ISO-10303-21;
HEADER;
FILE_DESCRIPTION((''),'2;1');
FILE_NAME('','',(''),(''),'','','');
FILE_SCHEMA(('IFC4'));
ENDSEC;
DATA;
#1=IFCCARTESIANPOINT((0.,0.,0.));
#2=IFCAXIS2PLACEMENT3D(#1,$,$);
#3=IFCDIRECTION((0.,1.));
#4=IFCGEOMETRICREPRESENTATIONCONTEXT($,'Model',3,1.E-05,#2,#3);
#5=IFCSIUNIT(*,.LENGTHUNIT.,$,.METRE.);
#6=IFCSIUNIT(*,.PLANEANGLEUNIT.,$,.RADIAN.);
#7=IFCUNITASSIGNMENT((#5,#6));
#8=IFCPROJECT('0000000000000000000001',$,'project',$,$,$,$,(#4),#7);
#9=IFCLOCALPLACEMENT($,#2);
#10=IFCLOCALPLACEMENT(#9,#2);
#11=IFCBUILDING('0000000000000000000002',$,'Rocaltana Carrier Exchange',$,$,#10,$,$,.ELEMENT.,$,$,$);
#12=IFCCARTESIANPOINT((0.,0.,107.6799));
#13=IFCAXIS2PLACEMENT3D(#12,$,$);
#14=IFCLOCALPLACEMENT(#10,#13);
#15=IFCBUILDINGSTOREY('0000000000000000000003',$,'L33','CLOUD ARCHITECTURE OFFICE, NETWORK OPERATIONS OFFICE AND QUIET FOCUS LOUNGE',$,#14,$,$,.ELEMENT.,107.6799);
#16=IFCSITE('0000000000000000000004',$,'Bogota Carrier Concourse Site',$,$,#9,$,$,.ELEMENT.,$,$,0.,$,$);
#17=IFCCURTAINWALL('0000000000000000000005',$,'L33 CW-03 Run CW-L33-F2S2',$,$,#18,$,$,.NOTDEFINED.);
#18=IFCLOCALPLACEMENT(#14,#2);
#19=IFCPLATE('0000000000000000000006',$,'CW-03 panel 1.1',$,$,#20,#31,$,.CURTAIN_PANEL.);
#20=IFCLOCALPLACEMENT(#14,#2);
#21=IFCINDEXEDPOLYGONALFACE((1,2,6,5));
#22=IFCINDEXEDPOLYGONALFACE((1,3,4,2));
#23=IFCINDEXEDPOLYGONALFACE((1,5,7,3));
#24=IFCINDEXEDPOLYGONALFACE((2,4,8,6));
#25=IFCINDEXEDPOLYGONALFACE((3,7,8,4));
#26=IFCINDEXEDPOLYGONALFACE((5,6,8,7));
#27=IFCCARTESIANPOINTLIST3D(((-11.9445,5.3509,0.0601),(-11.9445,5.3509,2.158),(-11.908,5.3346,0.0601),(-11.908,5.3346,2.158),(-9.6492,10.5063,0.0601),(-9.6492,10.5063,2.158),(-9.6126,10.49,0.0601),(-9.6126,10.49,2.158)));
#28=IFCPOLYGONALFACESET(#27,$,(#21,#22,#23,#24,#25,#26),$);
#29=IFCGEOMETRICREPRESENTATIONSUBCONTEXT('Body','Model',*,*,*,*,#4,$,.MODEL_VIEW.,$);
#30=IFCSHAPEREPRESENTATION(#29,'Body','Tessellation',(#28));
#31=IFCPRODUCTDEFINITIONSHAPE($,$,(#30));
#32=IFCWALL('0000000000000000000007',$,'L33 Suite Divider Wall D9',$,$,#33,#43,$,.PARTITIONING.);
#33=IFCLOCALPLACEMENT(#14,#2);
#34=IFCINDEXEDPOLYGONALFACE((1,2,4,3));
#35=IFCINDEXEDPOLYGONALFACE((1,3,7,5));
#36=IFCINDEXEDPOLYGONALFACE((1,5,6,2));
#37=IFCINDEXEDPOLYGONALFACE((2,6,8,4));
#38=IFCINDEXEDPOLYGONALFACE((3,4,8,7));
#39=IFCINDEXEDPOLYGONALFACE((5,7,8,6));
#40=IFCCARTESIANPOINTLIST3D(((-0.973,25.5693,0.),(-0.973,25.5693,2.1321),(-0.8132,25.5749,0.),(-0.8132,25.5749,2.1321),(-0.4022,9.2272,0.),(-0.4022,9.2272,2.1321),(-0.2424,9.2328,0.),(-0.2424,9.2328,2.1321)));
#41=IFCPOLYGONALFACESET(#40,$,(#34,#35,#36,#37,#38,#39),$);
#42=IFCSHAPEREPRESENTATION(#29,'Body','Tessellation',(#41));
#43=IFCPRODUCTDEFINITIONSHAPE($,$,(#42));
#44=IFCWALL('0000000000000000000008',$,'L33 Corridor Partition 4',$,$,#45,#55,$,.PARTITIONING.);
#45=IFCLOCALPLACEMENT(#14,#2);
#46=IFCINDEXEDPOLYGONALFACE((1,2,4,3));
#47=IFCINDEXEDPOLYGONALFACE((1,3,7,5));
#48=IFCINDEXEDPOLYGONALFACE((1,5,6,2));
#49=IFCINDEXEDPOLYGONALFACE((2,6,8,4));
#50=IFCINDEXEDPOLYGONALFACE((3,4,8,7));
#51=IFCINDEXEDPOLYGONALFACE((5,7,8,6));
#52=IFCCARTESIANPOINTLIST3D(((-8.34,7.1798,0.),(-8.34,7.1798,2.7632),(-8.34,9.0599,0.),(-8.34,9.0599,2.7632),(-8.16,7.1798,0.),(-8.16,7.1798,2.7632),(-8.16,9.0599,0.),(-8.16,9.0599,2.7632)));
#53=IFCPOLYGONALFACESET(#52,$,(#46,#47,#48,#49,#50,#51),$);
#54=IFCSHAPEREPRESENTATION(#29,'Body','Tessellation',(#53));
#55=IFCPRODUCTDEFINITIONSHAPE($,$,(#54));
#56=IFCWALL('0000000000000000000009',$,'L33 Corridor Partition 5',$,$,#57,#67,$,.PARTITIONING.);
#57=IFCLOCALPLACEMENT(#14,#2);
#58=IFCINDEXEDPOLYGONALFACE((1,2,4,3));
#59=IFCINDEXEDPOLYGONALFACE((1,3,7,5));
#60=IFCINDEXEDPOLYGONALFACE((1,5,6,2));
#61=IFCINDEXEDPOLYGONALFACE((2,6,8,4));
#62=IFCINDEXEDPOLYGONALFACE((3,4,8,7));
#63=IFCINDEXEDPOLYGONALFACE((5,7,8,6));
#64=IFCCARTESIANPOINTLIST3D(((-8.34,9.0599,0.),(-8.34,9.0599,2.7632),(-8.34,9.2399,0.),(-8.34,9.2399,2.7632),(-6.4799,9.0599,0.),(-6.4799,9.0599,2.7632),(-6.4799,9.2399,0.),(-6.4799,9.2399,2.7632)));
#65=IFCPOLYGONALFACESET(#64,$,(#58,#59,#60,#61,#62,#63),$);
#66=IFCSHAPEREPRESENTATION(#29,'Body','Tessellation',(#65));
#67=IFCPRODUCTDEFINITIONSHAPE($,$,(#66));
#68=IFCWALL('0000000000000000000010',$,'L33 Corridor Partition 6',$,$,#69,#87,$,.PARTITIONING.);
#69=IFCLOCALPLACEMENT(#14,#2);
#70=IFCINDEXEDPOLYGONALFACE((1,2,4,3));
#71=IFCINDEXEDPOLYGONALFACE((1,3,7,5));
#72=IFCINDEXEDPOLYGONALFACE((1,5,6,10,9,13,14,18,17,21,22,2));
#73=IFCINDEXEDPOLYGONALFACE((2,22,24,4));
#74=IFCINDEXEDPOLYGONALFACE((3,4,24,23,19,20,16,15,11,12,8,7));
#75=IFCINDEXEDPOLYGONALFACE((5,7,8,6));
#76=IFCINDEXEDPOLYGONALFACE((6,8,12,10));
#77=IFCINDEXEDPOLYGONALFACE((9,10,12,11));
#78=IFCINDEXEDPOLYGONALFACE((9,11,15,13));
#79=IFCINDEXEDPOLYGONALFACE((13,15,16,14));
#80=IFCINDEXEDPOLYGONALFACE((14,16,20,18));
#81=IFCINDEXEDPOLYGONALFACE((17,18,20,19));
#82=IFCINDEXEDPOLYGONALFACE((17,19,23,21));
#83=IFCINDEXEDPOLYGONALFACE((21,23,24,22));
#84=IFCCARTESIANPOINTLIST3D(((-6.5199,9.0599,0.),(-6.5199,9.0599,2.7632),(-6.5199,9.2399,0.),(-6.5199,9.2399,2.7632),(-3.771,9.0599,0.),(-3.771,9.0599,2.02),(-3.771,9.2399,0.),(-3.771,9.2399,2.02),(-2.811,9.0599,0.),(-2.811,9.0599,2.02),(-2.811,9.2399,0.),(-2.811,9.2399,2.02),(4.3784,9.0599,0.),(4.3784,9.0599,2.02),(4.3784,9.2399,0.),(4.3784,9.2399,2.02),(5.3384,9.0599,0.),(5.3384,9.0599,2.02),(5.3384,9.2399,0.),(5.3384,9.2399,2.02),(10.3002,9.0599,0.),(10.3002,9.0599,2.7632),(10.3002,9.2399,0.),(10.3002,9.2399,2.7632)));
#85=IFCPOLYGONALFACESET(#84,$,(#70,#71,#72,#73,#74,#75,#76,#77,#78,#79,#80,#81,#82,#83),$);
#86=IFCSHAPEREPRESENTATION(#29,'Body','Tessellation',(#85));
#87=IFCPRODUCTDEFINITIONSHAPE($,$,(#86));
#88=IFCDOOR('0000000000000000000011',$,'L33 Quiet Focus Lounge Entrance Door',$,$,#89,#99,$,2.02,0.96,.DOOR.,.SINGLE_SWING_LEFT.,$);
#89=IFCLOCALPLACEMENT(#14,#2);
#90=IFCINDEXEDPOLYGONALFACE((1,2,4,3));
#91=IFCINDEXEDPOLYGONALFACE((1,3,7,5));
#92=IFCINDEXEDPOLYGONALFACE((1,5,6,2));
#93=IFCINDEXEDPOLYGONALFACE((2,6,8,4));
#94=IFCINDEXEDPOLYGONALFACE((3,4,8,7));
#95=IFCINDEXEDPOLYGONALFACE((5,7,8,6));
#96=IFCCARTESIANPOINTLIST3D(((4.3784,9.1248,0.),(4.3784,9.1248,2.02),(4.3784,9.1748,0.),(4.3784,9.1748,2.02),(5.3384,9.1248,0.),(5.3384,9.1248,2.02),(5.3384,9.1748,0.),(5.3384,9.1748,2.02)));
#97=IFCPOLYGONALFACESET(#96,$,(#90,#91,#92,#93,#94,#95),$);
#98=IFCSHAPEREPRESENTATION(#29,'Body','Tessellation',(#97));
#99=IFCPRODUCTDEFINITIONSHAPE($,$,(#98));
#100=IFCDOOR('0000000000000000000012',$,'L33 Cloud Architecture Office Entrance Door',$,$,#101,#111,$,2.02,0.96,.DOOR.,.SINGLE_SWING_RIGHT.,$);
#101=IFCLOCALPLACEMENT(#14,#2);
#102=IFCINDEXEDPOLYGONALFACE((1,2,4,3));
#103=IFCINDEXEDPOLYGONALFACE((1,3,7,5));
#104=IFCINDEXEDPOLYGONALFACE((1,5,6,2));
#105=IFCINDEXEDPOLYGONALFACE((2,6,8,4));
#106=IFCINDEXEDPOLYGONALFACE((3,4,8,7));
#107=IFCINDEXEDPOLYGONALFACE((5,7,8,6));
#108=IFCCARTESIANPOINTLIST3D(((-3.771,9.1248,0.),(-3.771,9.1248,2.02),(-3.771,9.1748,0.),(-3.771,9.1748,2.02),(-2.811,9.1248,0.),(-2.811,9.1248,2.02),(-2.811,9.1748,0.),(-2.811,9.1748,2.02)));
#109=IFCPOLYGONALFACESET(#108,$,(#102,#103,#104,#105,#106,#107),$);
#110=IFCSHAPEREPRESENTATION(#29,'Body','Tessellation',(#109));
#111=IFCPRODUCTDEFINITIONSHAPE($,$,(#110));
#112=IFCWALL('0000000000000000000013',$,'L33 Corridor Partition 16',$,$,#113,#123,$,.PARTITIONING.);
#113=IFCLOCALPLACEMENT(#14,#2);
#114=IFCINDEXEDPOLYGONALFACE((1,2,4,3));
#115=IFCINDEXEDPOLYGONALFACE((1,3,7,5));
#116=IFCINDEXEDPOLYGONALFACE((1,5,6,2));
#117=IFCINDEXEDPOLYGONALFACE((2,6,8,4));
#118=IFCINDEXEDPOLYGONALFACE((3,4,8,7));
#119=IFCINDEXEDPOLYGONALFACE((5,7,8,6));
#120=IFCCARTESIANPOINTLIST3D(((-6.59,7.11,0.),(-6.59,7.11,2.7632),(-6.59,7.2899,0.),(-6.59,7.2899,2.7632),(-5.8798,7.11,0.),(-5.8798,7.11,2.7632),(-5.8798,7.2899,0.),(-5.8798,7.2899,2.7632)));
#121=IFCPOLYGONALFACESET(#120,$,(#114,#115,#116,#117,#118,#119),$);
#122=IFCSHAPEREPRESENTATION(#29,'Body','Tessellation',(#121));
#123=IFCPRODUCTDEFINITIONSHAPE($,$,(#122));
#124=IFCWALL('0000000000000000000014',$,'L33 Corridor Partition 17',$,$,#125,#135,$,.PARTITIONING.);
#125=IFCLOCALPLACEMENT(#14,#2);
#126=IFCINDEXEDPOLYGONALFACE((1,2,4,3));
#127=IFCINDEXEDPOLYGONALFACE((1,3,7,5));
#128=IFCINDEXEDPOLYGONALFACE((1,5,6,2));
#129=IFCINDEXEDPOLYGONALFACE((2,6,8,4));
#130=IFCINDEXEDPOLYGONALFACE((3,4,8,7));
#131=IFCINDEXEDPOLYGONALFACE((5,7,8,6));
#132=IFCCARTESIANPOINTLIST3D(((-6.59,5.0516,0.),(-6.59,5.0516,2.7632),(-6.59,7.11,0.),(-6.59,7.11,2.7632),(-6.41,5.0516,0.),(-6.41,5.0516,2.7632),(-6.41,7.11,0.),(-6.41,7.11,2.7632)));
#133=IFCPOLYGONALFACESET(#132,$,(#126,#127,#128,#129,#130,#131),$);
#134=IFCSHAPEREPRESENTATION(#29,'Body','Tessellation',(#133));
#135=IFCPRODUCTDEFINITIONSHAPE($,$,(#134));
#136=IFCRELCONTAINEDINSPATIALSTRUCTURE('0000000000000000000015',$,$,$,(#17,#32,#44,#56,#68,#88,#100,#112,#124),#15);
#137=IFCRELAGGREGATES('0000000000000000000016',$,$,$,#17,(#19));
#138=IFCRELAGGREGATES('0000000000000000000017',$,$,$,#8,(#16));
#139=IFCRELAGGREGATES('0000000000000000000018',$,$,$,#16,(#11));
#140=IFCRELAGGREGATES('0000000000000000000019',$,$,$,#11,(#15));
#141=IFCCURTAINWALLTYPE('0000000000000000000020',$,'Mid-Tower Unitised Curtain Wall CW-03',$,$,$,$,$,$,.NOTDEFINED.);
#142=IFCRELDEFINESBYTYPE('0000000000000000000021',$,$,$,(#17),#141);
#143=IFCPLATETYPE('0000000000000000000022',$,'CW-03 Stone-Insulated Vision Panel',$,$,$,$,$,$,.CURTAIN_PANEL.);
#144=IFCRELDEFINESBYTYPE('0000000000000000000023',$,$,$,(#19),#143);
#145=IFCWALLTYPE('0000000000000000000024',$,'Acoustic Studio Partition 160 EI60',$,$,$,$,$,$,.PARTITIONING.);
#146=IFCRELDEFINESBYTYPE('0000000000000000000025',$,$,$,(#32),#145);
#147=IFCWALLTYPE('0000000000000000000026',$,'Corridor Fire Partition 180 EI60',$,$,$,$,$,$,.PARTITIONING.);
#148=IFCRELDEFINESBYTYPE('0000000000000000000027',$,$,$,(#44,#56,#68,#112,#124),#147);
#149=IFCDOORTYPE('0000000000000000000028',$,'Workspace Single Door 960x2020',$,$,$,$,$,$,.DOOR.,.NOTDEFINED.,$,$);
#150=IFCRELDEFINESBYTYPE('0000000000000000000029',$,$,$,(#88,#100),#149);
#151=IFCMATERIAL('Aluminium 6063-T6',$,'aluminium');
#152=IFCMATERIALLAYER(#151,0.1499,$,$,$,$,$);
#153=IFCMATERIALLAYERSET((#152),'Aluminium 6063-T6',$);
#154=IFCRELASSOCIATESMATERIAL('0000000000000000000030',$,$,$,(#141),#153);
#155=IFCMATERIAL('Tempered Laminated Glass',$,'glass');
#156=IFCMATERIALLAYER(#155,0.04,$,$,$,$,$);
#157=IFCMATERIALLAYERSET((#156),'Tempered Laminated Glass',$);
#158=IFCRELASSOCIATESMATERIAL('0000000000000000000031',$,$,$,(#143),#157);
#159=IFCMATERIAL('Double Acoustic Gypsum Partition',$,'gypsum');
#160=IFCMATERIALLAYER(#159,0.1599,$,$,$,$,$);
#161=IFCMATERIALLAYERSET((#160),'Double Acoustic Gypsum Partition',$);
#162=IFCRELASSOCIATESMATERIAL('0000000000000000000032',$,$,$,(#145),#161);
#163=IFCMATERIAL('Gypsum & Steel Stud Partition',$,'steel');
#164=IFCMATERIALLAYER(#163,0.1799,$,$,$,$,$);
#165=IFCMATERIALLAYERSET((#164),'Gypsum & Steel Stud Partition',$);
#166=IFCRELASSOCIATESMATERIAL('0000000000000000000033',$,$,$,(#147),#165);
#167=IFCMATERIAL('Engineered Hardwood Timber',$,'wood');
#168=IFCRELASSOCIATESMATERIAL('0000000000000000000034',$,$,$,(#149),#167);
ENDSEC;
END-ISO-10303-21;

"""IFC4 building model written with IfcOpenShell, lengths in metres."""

from ifc_helpers import new_model, si_unit, direction, frame, frame_2d, origin, origin_2d, place, context, subcontext, project, spatial, rectangle, extrude, material, layer, layer_set, type_object, element, fill, aggregate, save


model = new_model("IFC4")

# Units and contexts
model_context = context("Model", 3, precision=1e-05, world=origin(), true_north=direction((0.0, 1.0)))
body_context = subcontext(model_context, "Body", "Model", "MODEL_VIEW")
ifc_project = project(units=[si_unit("LENGTHUNIT", "METRE"), si_unit("PLANEANGLEUNIT", "RADIAN")], contexts=[model_context])

# Site, building, storey
site_placement = place(None, origin())
site = spatial("IfcSite", under=ifc_project, at=site_placement, Name="Bogota Carrier Concourse Site", CompositionType="ELEMENT", RefElevation=0.0)
building_placement = place(site_placement, origin())
building = spatial("IfcBuilding", under=site, at=building_placement, Name="Rocaltana Carrier Exchange", CompositionType="ELEMENT")
storey_placement = place(building_placement, frame((0.0, 0.0, 107.6799)))
storey = spatial("IfcBuildingStorey", under=building, at=storey_placement, Name="L33", Description="CLOUD ARCHITECTURE OFFICE, NETWORK OPERATIONS OFFICE AND QUIET FOCUS LOUNGE", CompositionType="ELEMENT", Elevation=107.6799)

# Shared definitions
ifc_material_1 = material(Name="Aluminium 6063-T6", Category="aluminium")
ifc_layer_1 = layer(ifc_material_1, 0.1499)
ifc_layer_set_1 = layer_set([ifc_layer_1], Name="Aluminium 6063-T6")
curtain_wall_type = type_object("IfcCurtainWallType", Name="Mid-Tower Unitised Curtain Wall CW-03", PredefinedType="NOTDEFINED", material=ifc_layer_set_1)

# Curtain wall
curtain_wall_1_placement = place(storey_placement, origin())
curtain_wall_1 = element("IfcCurtainWall", 1, at=curtain_wall_1_placement, inside=storey, type_object=curtain_wall_type, Name="L33 CW-03 Run CW-L33-F2S2", PredefinedType="NOTDEFINED")

# Plate
ifc_material_2 = material(Name="Tempered Laminated Glass", Category="glass")
ifc_layer_2 = layer(ifc_material_2, 0.04)
ifc_layer_set_2 = layer_set([ifc_layer_2], Name="Tempered Laminated Glass")
plate_type = type_object("IfcPlateType", Name="CW-03 Stone-Insulated Vision Panel", PredefinedType="CURTAIN_PANEL", material=ifc_layer_set_2)
plate_placement = place(storey_placement, frame((-10.7786, 7.9204, 0.0601), z_axis=(0.0, 0.0, 1.0), x_axis=(-0.406744, -0.913542, 0.0)))
plate = element("IfcPlate", 2, at=plate_placement, type_object=plate_type, Name="CW-03 panel 1.1", PredefinedType="CURTAIN_PANEL", context=body_context, shape_type="SweptSolid", body=[
    extrude(rectangle(XDim=5.6433, YDim=0.04, at=origin_2d()), origin(), (0.0, 0.0, 1.0), 2.0979),
])
aggregate(curtain_wall_1, [plate])

# Walls
ifc_material_3 = material(Name="Double Acoustic Gypsum Partition", Category="gypsum")
ifc_layer_3 = layer(ifc_material_3, 0.1599)
ifc_layer_set_3 = layer_set([ifc_layer_3], Name="Double Acoustic Gypsum Partition")
wall_type_1 = type_object("IfcWallType", Name="Acoustic Studio Partition 160 EI60", PredefinedType="PARTITIONING", material=ifc_layer_set_3)
wall_1_placement = place(storey_placement, frame((-0.3223, 9.23, 0.0), z_axis=(0.0, 0.0, 1.0), x_axis=(-0.034907, 0.999391, 0.0)))
element("IfcWall", 3, at=wall_1_placement, inside=storey, type_object=wall_type_1, Name="L33 Suite Divider Wall D9", PredefinedType="PARTITIONING", context=body_context, shape_type="SweptSolid", body=[
    extrude(rectangle(XDim=16.3521, YDim=0.1599, at=frame_2d((8.176, 0.0))), origin(), (0.0, 0.0, 1.0), 2.1321),
])
ifc_material_4 = material(Name="Gypsum & Steel Stud Partition", Category="steel")
ifc_layer_4 = layer(ifc_material_4, 0.1799)
ifc_layer_set_4 = layer_set([ifc_layer_4], Name="Gypsum & Steel Stud Partition")
wall_type_2 = type_object("IfcWallType", Name="Corridor Fire Partition 180 EI60", PredefinedType="PARTITIONING", material=ifc_layer_set_4)
wall_2_placement = place(storey_placement, frame((-8.25, 7.1799, 0.0), z_axis=(0.0, 0.0, 1.0), x_axis=(0.0, 1.0, 0.0)))
element("IfcWall", 4, at=wall_2_placement, inside=storey, type_object=wall_type_2, Name="L33 Corridor Partition 4", PredefinedType="PARTITIONING", context=body_context, shape_type="SweptSolid", body=[
    extrude(rectangle(XDim=1.8801, YDim=0.1799, at=frame_2d((0.9399, 0.0))), origin(), (0.0, 0.0, 1.0), 2.7632),
])
wall_3_placement = place(storey_placement, frame((-8.3401, 9.1499, 0.0), z_axis=(0.0, 0.0, 1.0), x_axis=(1.0, 0.0, 0.0)))
element("IfcWall", 5, at=wall_3_placement, inside=storey, type_object=wall_type_2, Name="L33 Corridor Partition 5", PredefinedType="PARTITIONING", context=body_context, shape_type="SweptSolid", body=[
    extrude(rectangle(XDim=1.8601, YDim=0.1799, at=frame_2d((0.9302, 0.0))), origin(), (0.0, 0.0, 1.0), 2.7632),
])

# Wall, openings, doors
wall_4_placement = place(storey_placement, frame((-6.52, 9.1499, 0.0), z_axis=(0.0, 0.0, 1.0), x_axis=(1.0, 0.0, 0.0)))
wall_4 = element("IfcWall", 6, at=wall_4_placement, inside=storey, type_object=wall_type_2, Name="L33 Corridor Partition 6", PredefinedType="PARTITIONING", context=body_context, shape_type="SweptSolid", body=[
    extrude(rectangle(XDim=16.8201, YDim=0.1799, at=frame_2d((8.4102, 0.0))), origin(), (0.0, 0.0, 1.0), 2.7632),
])
opening_1_placement = place(wall_4_placement, frame((10.8984, 0.0, 0.0)))
opening_1 = element("IfcOpeningElement", 7, at=opening_1_placement, cuts=wall_4, PredefinedType="OPENING", context=body_context, shape_type="SweptSolid", body=[
    extrude(rectangle(XDim=0.96, YDim=2.02, at=frame_2d((0.48, 1.01))), frame((0.0, 0.0999, 0.0), z_axis=(0.0, -1.0, 0.0), x_axis=(1.0, 0.0, 0.0)), (0.0, 0.0, 1.0), 0.2),
])
opening_2_placement = place(wall_4_placement, frame((2.749, 0.0, 0.0)))
opening_2 = element("IfcOpeningElement", 8, at=opening_2_placement, cuts=wall_4, PredefinedType="OPENING", context=body_context, shape_type="SweptSolid", body=[
    extrude(rectangle(XDim=0.96, YDim=2.02, at=frame_2d((0.48, 1.01))), frame((0.0, 0.0999, 0.0), z_axis=(0.0, -1.0, 0.0), x_axis=(1.0, 0.0, 0.0)), (0.0, 0.0, 1.0), 0.2),
])
ifc_material_5 = material(Name="Engineered Hardwood Timber", Category="wood")
door_type_1 = type_object("IfcDoorType", Name="Workspace Single Door 960x2020", OperationType="NOTDEFINED", PredefinedType="DOOR", material=ifc_material_5)
door_1_placement = place(opening_1_placement, origin())
door_1 = element("IfcDoor", 9, at=door_1_placement, inside=storey, type_object=door_type_1, Name="L33 Quiet Focus Lounge Entrance Door", OperationType="SINGLE_SWING_LEFT", OverallHeight=2.02, OverallWidth=0.96, PredefinedType="DOOR", context=body_context, shape_type="SweptSolid", body=[
    extrude(rectangle(XDim=0.96, YDim=2.02, at=frame_2d((0.48, 1.01))), frame((0.0, 0.0249, 0.0), z_axis=(0.0, -1.0, 0.0), x_axis=(1.0, 0.0, 0.0)), (0.0, 0.0, 1.0), 0.05),
])
fill(opening_1, door_1)
door_2_placement = place(opening_2_placement, origin())
door_2 = element("IfcDoor", 10, at=door_2_placement, inside=storey, type_object=door_type_1, Name="L33 Cloud Architecture Office Entrance Door", OperationType="SINGLE_SWING_RIGHT", OverallHeight=2.02, OverallWidth=0.96, PredefinedType="DOOR", context=body_context, shape_type="SweptSolid", body=[
    extrude(rectangle(XDim=0.96, YDim=2.02, at=frame_2d((0.48, 1.01))), frame((0.0, 0.0249, 0.0), z_axis=(0.0, -1.0, 0.0), x_axis=(1.0, 0.0, 0.0)), (0.0, 0.0, 1.0), 0.05),
])
fill(opening_2, door_2)

# Walls
wall_5_placement = place(storey_placement, frame((-5.8799, 7.2, 0.0), z_axis=(0.0, 0.0, 1.0), x_axis=(-1.0, 0.0, 0.0)))
element("IfcWall", 11, at=wall_5_placement, inside=storey, type_object=wall_type_2, Name="L33 Corridor Partition 16", PredefinedType="PARTITIONING", context=body_context, shape_type="SweptSolid", body=[
    extrude(rectangle(XDim=0.7102, YDim=0.1799, at=frame_2d((0.355, 0.0))), origin(), (0.0, 0.0, 1.0), 2.7632),
])
wall_6_placement = place(storey_placement, frame((-6.5, 7.1101, 0.0), z_axis=(0.0, 0.0, 1.0), x_axis=(0.0, -1.0, 0.0)))
element("IfcWall", 12, at=wall_6_placement, inside=storey, type_object=wall_type_2, Name="L33 Corridor Partition 17", PredefinedType="PARTITIONING", context=body_context, shape_type="SweptSolid", body=[
    extrude(rectangle(XDim=2.0583, YDim=0.1799, at=frame_2d((1.0293, 0.0))), origin(), (0.0, 0.0, 1.0), 2.7632),
])

save(model, "model.ifc")
